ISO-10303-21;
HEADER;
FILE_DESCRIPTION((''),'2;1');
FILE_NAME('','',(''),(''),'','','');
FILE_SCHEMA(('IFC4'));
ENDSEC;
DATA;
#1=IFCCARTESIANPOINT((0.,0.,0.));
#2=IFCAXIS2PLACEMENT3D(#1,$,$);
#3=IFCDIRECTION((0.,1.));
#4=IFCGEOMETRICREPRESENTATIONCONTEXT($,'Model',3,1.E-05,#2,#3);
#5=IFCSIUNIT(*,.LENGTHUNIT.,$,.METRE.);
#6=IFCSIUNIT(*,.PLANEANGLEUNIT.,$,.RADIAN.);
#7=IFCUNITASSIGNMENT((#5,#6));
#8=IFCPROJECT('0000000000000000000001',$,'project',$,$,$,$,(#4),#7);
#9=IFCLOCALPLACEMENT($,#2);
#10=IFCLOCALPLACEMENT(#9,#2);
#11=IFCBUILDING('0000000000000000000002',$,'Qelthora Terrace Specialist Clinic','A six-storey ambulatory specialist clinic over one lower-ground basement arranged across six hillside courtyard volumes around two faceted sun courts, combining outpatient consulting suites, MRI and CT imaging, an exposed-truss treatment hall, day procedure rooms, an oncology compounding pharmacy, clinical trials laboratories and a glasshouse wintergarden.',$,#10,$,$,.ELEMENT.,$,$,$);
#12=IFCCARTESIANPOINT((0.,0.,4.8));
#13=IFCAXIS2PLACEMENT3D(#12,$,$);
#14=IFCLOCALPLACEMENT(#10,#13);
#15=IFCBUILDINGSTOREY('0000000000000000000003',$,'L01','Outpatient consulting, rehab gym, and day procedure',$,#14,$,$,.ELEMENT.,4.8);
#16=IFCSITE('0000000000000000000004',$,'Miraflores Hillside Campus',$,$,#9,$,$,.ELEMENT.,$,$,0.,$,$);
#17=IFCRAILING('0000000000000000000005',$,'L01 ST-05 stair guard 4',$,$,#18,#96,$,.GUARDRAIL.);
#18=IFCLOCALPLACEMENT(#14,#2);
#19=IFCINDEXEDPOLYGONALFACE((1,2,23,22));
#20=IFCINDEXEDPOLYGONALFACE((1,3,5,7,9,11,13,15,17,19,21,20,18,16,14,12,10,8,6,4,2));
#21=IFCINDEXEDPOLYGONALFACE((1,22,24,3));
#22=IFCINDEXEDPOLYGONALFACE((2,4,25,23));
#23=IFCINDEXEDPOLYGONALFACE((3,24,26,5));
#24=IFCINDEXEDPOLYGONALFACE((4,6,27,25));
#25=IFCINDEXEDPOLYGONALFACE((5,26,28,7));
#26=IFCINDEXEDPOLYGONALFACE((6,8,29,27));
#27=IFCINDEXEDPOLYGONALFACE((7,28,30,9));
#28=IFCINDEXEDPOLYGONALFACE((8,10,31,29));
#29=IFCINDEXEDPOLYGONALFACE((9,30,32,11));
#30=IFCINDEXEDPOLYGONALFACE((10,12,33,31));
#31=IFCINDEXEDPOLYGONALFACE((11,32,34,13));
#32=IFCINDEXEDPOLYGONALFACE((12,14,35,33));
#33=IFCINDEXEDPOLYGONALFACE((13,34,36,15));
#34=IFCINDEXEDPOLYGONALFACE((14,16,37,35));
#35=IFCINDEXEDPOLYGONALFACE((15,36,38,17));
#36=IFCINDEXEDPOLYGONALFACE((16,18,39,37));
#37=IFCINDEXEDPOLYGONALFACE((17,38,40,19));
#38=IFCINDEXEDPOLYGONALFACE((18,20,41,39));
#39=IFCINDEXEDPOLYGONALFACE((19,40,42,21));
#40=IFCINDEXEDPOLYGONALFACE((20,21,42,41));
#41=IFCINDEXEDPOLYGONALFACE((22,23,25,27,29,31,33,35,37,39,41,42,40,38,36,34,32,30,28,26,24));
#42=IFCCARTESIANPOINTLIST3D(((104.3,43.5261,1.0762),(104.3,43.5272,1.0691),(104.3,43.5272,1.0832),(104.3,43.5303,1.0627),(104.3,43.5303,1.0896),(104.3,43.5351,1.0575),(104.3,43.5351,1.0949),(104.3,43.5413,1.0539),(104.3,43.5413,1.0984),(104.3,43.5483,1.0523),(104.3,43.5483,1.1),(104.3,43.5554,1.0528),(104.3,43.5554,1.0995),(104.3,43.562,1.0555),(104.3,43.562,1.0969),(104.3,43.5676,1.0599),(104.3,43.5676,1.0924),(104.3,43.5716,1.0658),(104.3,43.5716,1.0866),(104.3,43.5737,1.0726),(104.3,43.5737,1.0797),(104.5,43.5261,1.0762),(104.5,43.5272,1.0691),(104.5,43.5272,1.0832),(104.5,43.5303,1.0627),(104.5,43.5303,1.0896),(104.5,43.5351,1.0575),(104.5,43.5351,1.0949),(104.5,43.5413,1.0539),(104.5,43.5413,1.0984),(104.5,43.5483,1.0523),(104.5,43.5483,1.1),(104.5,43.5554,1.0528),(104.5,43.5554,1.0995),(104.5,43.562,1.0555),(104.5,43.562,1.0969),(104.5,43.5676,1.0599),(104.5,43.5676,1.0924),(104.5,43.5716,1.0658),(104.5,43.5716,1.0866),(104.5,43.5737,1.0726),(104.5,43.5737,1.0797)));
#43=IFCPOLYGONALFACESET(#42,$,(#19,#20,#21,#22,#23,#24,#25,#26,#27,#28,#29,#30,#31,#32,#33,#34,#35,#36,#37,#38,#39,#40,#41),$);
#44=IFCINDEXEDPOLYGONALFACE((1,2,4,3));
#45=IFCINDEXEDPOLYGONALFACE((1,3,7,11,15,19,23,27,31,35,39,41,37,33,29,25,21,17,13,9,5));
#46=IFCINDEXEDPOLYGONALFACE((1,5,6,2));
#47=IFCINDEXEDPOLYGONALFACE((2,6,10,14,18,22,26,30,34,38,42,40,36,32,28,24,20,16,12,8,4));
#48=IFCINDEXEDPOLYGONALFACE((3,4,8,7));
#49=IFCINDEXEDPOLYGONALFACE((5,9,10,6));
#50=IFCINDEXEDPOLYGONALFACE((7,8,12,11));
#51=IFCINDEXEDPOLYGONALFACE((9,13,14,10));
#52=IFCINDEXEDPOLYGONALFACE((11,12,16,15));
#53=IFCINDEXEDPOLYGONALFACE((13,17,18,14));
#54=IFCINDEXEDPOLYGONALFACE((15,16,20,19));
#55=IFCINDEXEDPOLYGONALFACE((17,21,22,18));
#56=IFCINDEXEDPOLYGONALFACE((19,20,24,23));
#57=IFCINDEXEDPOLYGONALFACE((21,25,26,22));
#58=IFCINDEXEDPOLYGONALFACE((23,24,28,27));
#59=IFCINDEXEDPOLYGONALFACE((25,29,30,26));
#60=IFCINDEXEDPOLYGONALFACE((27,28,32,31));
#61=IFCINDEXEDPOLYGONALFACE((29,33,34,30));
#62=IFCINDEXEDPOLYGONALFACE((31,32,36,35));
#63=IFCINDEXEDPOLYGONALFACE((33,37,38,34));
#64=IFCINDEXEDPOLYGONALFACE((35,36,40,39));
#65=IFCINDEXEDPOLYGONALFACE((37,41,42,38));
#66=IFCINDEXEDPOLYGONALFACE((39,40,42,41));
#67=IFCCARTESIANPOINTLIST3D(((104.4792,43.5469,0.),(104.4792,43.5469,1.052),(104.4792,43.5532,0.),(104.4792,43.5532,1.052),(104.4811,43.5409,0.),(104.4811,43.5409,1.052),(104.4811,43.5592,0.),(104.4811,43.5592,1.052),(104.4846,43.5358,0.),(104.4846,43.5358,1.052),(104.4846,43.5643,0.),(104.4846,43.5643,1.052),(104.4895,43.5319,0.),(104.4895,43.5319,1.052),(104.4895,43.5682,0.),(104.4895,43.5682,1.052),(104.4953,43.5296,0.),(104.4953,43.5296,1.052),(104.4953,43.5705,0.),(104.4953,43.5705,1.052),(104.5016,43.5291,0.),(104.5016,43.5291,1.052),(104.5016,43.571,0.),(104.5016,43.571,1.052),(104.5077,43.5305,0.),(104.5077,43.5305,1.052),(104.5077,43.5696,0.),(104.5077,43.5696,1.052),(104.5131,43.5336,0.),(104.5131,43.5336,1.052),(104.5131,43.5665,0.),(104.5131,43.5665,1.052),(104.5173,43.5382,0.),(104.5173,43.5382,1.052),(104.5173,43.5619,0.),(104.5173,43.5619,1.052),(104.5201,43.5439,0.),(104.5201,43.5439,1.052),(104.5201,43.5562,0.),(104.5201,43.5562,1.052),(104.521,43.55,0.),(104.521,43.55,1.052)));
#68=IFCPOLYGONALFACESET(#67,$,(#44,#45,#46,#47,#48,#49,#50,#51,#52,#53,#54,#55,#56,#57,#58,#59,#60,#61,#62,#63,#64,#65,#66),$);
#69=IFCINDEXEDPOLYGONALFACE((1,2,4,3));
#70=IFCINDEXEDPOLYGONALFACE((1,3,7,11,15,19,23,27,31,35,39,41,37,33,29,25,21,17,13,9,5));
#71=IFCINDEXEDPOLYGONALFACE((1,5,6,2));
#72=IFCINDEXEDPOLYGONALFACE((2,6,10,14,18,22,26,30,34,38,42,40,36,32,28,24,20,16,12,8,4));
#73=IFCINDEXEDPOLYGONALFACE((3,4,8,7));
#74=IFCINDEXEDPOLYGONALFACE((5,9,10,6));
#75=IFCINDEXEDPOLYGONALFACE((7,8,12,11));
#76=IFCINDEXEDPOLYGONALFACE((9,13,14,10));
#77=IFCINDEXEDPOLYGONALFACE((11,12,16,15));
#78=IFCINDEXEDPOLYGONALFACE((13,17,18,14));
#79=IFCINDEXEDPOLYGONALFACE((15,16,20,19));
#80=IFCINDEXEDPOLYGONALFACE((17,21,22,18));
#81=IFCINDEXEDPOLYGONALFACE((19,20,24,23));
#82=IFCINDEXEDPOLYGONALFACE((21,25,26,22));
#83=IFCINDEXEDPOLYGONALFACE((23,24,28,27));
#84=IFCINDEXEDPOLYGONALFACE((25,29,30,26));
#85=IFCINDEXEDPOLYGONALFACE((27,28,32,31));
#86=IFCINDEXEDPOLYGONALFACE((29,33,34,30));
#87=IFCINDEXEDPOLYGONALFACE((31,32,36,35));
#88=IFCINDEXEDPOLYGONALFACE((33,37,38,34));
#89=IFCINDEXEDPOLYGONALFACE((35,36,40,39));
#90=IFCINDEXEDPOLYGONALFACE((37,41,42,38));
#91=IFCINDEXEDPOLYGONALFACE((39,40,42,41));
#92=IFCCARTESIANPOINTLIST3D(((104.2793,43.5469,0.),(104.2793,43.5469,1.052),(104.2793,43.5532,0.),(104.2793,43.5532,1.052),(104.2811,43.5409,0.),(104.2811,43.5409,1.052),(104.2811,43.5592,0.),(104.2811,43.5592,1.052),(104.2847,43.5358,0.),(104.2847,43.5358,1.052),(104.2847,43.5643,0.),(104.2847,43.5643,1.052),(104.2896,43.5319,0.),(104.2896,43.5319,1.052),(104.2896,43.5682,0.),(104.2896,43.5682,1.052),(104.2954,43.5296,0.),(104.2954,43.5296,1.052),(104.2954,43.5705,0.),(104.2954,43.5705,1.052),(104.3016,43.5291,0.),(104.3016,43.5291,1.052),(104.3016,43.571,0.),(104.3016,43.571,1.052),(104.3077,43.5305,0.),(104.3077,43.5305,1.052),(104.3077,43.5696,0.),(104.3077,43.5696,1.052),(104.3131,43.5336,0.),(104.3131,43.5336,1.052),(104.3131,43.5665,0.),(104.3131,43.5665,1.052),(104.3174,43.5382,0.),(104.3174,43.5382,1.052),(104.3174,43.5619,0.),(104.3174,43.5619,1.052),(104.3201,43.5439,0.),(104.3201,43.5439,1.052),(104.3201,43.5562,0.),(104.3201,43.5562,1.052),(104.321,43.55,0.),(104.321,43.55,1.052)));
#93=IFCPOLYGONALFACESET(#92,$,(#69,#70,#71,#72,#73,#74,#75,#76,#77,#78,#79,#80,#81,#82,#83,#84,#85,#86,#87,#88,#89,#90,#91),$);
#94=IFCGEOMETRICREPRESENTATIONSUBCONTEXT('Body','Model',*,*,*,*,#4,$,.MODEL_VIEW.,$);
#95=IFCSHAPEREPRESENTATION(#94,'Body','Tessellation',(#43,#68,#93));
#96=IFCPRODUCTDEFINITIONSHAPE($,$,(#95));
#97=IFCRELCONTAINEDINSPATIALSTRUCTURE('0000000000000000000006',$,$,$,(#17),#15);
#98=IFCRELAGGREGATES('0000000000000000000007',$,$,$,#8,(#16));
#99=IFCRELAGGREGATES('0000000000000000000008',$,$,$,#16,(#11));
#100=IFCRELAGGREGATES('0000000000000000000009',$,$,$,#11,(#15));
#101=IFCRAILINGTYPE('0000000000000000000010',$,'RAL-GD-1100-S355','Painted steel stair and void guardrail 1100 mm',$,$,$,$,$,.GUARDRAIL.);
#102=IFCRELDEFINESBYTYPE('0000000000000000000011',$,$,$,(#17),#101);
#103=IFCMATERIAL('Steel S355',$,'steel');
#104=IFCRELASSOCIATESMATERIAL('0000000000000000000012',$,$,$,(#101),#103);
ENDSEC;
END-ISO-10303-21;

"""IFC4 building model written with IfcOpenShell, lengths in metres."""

from ifc_helpers import new_model, si_unit, direction, frame, origin, origin_2d, place, context, subcontext, project, spatial, circle, extrude, material, type_object, element, save


model = new_model("IFC4")

# Units and contexts
model_context = context("Model", 3, precision=1e-05, world=origin(), true_north=direction((0.0, 1.0)))
body_context = subcontext(model_context, "Body", "Model", "MODEL_VIEW")
ifc_project = project(units=[si_unit("LENGTHUNIT", "METRE"), si_unit("PLANEANGLEUNIT", "RADIAN")], contexts=[model_context])

# Site, building, storey
site_placement = place(None, origin())
site = spatial("IfcSite", under=ifc_project, at=site_placement, Name="Miraflores Hillside Campus", CompositionType="ELEMENT", RefElevation=0.0)
building_placement = place(site_placement, origin())
building = spatial("IfcBuilding", under=site, at=building_placement, Name="Qelthora Terrace Specialist Clinic", Description="A six-storey ambulatory specialist clinic over one lower-ground basement arranged across six hillside courtyard volumes around two faceted sun courts, combining outpatient consulting suites, MRI and CT imaging, an exposed-truss treatment hall, day procedure rooms, an oncology compounding pharmacy, clinical trials laboratories and a glasshouse wintergarden.", CompositionType="ELEMENT")
storey_placement = place(building_placement, frame((0.0, 0.0, 4.8)))
storey = spatial("IfcBuildingStorey", under=building, at=storey_placement, Name="L01", Description="Outpatient consulting, rehab gym, and day procedure", CompositionType="ELEMENT", Elevation=4.8)

# Shared definitions
ifc_material_1 = material(Name="Steel S355", Category="steel")

# Railing
railing_type_1 = type_object("IfcRailingType", Name="RAL-GD-1100-S355", Description="Painted steel stair and void guardrail 1100 mm", PredefinedType="GUARDRAIL", material=ifc_material_1)
railing_1_placement = place(storey_placement, frame((104.5, 43.55, 0.0)))
element("IfcRailing", 1, at=railing_1_placement, inside=storey, type_object=railing_type_1, Name="L01 ST-05 stair guard 4", PredefinedType="GUARDRAIL", context=body_context, shape_type="SweptSolid", body=[
    extrude(circle(Radius=0.0239, at=origin_2d()), frame((0.0, 0.0, 1.0762), z_axis=(-1.0, 0.0, 0.0), x_axis=(0.0, -1.0, 0.0)), (0.0, 0.0, 1.0), 0.2),
    extrude(circle(Radius=0.021, at=origin_2d()), origin(), (0.0, 0.0, 1.0), 1.052),
    extrude(circle(Radius=0.021, at=origin_2d()), frame((-0.2, 0.0, 0.0)), (0.0, 0.0, 1.0), 1.052),
])

save(model, "model.ifc")
